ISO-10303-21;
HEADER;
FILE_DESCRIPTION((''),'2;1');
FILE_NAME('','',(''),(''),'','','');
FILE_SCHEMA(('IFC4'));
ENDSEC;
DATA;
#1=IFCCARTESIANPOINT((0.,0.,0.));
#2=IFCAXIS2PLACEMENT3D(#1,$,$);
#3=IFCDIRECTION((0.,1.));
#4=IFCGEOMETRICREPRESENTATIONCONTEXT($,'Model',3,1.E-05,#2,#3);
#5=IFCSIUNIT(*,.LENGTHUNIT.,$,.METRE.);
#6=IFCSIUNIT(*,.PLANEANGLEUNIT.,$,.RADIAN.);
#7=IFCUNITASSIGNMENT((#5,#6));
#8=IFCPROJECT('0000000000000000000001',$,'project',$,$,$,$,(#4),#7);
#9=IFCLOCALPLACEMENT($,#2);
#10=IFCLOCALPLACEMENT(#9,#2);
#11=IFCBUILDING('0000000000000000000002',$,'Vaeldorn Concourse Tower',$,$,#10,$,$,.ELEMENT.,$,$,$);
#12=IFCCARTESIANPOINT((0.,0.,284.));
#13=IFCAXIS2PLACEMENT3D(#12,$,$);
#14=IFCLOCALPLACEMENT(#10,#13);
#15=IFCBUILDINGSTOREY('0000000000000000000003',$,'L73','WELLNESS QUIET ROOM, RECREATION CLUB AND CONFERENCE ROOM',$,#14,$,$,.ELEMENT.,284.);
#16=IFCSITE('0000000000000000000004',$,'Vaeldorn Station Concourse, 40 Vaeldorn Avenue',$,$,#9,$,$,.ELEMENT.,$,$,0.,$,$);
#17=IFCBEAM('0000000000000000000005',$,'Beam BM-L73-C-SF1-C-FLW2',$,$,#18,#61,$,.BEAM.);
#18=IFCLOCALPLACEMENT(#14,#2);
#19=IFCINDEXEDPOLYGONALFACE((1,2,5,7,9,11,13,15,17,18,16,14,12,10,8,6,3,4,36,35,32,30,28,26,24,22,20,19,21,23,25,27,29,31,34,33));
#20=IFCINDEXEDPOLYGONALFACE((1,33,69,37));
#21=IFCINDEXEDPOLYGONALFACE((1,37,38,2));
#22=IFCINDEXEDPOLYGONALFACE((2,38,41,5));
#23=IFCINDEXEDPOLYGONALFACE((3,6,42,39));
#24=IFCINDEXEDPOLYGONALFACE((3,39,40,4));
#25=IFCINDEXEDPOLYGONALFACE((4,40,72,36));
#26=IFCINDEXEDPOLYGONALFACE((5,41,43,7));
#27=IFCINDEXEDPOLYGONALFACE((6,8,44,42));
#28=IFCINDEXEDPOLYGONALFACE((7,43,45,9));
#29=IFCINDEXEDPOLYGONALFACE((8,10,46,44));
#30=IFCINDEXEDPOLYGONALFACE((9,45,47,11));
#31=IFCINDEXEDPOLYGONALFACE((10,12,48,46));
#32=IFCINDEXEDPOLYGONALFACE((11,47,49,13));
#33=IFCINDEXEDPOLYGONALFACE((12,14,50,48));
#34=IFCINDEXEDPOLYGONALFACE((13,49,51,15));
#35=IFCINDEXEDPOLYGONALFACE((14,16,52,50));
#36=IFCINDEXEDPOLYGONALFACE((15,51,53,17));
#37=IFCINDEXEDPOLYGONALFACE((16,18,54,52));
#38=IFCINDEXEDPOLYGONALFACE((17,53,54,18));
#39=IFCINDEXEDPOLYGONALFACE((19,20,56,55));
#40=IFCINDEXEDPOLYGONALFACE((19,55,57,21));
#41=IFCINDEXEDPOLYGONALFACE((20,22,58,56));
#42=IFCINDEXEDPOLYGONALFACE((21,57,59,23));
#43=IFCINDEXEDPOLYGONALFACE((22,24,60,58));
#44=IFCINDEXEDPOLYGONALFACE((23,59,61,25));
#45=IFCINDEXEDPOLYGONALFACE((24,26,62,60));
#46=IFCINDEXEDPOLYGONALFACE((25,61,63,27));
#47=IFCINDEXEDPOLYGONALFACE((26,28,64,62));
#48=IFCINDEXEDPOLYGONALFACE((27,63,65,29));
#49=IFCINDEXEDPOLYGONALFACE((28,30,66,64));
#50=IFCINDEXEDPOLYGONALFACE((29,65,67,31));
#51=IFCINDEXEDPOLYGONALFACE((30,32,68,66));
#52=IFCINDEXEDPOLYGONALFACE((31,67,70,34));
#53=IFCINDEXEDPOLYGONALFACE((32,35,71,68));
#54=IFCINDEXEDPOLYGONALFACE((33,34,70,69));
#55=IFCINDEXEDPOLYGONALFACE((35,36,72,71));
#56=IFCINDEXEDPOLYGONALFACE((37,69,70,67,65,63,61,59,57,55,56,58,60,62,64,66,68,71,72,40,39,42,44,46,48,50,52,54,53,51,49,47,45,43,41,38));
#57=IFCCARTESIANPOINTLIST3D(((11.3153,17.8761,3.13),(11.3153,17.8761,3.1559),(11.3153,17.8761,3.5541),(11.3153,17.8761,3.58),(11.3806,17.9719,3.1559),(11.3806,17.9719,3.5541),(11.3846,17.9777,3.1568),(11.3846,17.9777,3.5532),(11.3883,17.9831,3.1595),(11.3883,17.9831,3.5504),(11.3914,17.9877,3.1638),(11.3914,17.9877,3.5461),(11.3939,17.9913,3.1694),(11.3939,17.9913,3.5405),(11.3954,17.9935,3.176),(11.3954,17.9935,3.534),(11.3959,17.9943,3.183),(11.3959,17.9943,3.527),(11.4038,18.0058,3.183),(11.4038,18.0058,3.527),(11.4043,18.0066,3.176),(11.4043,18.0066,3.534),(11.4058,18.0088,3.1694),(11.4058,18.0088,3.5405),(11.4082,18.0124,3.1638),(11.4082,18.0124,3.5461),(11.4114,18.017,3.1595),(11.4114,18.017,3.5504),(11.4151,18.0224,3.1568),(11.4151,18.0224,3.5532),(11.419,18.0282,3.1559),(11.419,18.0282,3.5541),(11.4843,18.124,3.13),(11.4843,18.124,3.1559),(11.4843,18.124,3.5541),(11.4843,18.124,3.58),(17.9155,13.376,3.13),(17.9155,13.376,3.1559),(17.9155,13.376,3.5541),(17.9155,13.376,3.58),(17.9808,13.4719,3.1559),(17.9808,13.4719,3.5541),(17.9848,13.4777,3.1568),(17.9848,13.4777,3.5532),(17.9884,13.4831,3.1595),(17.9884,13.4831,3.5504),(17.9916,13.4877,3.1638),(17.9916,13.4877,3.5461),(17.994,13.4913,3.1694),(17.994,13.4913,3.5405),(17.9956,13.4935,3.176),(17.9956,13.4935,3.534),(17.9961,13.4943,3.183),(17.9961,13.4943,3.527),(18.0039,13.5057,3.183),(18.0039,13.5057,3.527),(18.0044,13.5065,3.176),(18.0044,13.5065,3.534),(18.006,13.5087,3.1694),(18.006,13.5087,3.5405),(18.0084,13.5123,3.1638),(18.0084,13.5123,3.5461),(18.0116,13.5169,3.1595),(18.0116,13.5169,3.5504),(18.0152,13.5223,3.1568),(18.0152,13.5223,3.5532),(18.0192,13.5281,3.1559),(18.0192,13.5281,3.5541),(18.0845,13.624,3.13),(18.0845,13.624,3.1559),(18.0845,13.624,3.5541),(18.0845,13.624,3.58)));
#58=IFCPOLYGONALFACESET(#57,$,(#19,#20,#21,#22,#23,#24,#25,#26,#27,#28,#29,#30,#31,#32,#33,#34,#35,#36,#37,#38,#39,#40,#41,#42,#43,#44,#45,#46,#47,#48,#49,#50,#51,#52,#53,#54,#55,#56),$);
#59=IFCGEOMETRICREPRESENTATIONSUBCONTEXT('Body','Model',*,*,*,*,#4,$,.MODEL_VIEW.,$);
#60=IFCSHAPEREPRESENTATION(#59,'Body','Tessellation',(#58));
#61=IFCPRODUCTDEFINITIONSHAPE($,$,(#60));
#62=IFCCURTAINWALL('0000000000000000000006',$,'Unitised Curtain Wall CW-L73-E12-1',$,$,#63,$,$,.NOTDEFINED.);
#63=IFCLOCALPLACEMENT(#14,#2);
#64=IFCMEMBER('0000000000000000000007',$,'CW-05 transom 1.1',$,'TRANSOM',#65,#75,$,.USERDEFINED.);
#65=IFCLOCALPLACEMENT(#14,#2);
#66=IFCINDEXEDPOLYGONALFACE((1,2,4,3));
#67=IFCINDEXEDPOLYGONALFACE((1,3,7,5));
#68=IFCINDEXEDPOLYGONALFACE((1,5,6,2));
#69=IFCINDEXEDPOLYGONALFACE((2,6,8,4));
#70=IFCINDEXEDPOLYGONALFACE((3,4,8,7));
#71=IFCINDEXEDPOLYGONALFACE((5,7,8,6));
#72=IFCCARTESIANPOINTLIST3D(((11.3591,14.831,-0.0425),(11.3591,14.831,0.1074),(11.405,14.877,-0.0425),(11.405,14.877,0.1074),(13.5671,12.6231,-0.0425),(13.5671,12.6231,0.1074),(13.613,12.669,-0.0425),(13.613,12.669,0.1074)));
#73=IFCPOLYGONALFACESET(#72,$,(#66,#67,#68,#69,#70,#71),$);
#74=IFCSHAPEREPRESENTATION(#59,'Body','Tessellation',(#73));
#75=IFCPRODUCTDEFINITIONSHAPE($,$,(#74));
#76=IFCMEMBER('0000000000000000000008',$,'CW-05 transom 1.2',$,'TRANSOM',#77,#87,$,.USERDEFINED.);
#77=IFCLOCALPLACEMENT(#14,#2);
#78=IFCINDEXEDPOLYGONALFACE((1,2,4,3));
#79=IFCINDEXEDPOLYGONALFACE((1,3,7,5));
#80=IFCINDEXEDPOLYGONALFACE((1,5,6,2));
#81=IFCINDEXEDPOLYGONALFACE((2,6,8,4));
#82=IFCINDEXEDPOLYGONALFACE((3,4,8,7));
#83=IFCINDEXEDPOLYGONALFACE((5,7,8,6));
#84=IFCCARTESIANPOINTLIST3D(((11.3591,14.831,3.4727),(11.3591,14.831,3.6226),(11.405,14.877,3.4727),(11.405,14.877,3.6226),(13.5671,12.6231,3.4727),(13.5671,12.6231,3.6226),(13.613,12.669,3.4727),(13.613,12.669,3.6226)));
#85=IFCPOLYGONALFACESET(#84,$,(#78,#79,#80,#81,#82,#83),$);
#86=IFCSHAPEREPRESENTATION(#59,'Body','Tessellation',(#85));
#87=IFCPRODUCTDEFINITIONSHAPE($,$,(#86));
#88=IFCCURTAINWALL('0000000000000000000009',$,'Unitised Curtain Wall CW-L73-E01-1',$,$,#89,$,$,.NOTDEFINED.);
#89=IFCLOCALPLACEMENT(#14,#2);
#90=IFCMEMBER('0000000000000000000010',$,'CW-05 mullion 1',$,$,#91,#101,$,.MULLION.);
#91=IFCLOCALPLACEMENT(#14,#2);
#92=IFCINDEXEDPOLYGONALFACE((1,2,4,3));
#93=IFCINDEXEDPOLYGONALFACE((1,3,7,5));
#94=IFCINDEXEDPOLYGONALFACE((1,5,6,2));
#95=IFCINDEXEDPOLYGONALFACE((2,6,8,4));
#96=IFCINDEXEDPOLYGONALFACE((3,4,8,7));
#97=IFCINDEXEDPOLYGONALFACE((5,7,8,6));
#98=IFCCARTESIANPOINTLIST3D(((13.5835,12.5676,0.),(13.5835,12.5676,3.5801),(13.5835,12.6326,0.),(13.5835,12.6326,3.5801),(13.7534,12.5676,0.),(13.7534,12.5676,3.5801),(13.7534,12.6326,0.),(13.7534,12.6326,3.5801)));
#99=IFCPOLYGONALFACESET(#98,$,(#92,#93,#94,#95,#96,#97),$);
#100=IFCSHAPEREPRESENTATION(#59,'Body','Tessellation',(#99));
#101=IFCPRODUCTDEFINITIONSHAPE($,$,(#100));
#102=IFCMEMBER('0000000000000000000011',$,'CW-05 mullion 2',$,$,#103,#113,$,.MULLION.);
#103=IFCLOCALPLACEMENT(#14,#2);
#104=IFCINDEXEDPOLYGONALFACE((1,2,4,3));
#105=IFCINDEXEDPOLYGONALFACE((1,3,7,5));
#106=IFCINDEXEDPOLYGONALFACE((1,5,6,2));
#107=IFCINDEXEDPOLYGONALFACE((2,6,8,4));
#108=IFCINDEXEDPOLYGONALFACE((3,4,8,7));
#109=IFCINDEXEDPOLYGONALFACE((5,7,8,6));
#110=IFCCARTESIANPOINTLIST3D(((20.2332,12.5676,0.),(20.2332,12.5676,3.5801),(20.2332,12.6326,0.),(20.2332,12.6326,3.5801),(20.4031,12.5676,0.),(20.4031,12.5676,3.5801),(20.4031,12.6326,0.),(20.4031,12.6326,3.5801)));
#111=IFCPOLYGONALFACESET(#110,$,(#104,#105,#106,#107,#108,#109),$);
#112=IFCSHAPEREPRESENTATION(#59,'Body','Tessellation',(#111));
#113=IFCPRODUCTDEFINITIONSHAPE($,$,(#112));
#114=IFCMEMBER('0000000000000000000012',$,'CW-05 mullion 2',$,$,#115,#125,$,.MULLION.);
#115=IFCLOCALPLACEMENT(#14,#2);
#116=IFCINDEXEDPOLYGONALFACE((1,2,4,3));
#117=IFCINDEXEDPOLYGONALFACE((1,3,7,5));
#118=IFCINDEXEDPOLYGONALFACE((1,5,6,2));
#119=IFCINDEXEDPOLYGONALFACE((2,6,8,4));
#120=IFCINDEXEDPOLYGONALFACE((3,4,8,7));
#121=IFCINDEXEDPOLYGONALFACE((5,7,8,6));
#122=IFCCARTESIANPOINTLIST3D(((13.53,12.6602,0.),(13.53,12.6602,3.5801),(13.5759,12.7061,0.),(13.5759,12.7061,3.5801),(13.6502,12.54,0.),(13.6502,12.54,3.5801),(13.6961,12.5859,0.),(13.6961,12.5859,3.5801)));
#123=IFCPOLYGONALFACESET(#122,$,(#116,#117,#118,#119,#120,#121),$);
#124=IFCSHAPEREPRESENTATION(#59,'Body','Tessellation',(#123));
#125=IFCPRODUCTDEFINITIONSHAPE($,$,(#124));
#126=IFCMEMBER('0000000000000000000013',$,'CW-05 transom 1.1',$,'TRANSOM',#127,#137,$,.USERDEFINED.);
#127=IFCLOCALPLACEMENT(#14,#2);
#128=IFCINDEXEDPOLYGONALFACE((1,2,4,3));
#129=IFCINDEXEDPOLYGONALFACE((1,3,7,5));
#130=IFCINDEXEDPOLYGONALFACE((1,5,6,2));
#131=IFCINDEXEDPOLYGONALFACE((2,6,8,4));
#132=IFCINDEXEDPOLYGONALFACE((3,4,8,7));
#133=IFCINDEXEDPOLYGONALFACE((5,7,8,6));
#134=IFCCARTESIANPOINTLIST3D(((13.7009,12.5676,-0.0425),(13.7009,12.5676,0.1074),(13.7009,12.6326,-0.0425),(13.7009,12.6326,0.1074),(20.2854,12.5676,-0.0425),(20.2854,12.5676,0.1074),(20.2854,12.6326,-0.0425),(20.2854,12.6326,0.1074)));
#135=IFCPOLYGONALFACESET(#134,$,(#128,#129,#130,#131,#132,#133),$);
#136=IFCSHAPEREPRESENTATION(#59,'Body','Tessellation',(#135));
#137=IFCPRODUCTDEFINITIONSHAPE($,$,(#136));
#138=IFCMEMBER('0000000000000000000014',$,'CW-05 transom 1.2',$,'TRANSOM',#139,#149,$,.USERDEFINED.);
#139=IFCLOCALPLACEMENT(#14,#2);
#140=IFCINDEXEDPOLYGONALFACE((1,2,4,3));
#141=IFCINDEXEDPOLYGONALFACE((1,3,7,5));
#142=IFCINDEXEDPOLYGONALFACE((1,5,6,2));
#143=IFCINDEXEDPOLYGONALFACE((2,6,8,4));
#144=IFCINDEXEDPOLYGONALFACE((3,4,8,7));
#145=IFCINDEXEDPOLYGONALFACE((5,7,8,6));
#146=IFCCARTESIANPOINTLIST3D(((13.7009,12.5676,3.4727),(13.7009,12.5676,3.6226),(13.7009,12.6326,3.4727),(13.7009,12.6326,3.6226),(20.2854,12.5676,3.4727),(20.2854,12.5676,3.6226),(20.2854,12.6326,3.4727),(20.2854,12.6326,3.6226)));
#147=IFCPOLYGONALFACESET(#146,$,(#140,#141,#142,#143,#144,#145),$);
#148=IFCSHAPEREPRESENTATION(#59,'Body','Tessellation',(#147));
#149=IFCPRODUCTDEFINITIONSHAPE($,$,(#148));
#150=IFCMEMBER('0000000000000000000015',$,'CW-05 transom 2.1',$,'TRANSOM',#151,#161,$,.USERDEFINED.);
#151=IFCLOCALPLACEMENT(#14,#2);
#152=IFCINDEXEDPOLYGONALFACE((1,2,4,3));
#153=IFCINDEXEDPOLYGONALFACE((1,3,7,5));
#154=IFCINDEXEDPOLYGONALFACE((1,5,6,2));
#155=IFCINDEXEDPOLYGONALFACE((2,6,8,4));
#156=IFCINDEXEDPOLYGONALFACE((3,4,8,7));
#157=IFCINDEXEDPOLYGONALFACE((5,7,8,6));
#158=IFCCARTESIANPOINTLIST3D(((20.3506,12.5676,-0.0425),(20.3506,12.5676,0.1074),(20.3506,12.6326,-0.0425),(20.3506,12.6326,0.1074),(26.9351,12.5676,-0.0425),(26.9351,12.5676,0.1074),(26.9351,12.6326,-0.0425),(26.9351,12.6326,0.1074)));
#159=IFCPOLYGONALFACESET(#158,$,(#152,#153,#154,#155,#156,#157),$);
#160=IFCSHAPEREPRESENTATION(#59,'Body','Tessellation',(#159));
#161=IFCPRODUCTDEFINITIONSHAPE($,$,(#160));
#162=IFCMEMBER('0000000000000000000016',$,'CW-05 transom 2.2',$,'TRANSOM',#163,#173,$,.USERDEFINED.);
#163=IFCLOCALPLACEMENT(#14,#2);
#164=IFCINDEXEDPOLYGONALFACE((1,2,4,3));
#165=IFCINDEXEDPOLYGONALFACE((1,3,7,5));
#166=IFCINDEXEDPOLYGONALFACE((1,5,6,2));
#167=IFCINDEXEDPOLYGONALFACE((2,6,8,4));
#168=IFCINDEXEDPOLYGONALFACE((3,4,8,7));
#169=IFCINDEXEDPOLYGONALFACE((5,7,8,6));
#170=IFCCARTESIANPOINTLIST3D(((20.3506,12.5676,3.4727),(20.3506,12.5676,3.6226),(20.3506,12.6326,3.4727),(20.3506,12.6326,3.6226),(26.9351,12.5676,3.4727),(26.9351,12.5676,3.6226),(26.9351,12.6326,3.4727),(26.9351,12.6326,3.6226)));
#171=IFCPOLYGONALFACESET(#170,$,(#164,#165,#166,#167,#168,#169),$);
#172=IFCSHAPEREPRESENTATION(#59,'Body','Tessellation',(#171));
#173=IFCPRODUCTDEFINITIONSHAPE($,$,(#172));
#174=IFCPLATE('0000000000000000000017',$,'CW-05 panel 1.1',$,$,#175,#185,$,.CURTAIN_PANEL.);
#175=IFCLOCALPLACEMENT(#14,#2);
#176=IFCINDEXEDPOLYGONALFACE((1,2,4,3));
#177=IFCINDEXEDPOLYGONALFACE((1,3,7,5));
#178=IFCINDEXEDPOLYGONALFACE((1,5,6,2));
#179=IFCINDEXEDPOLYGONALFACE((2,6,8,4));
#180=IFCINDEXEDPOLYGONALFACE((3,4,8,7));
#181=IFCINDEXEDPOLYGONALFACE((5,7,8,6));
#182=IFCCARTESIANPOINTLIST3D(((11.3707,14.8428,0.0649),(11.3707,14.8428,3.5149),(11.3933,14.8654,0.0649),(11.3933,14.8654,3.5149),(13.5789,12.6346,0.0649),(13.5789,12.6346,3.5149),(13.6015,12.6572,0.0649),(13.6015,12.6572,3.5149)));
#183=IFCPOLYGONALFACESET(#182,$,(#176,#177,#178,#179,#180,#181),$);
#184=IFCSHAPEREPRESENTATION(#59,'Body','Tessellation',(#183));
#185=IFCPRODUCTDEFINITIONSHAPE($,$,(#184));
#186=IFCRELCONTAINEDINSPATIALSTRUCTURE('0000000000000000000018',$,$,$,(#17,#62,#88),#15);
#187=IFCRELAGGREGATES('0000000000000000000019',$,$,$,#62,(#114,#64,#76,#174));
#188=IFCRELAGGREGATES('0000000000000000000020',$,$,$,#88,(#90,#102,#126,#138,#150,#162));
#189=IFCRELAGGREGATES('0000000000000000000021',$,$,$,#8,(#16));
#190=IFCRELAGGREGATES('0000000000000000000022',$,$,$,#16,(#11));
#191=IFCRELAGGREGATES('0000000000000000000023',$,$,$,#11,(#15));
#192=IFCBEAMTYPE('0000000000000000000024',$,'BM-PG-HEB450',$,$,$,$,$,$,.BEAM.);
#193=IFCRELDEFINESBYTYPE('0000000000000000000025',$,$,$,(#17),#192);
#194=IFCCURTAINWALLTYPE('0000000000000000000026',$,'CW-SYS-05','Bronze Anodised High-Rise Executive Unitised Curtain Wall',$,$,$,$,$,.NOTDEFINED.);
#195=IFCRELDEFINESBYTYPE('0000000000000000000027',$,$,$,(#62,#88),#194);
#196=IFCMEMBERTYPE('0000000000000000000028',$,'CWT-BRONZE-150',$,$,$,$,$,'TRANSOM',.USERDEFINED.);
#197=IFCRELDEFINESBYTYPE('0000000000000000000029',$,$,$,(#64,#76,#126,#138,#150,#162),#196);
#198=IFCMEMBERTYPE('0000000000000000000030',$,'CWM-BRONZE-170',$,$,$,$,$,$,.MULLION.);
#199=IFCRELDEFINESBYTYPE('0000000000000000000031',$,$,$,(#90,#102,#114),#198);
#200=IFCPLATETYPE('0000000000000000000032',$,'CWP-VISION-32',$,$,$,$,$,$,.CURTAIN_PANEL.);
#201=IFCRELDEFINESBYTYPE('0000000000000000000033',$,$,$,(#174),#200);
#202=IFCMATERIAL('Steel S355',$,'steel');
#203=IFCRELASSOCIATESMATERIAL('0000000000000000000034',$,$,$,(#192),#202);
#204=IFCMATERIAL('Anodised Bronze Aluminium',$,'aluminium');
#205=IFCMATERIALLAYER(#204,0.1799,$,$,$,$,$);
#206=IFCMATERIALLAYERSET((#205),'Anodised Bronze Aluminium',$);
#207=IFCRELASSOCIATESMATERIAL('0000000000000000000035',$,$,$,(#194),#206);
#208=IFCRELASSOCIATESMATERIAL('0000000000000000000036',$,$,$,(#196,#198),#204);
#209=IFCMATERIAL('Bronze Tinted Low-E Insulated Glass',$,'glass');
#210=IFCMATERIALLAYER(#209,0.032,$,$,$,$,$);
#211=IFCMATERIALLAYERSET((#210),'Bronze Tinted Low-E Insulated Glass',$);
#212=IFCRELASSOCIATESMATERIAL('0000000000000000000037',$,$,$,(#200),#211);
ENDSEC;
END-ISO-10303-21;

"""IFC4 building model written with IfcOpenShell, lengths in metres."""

from ifc_helpers import new_model, si_unit, direction, frame, origin, origin_2d, place, context, subcontext, project, spatial, rectangle, i_section, extrude, source, transform, mapped, material, layer, layer_set, material_profile, profile_set, type_object, element, aggregate, save


model = new_model("IFC4")

# Units and contexts
model_context = context("Model", 3, precision=1e-05, world=origin(), true_north=direction((0.0, 1.0)))
body_context = subcontext(model_context, "Body", "Model", "MODEL_VIEW")
ifc_project = project(units=[si_unit("LENGTHUNIT", "METRE"), si_unit("PLANEANGLEUNIT", "RADIAN")], contexts=[model_context])

# Site, building, storey
site_placement = place(None, origin())
site = spatial("IfcSite", under=ifc_project, at=site_placement, Name="Vaeldorn Station Concourse, 40 Vaeldorn Avenue", CompositionType="ELEMENT", RefElevation=0.0)
building_placement = place(site_placement, origin())
building = spatial("IfcBuilding", under=site, at=building_placement, Name="Vaeldorn Concourse Tower", CompositionType="ELEMENT")
storey_placement = place(building_placement, frame((0.0, 0.0, 284.0)))
storey = spatial("IfcBuildingStorey", under=building, at=storey_placement, Name="L73", Description="WELLNESS QUIET ROOM, RECREATION CLUB AND CONFERENCE ROOM", CompositionType="ELEMENT", Elevation=284.0)

# Shared definitions
ifc_material_1 = material(Name="Steel S355", Category="steel")

# Beam
ifc_material_profile_1 = material_profile(ifc_material_1, i_section(OverallWidth=0.3, OverallDepth=0.45, WebThickness=0.0139, FlangeThickness=0.0259, FilletRadius=0.0271, at=origin_2d()), Name="HEB 450")
ifc_profile_set_1 = profile_set([ifc_material_profile_1], Name="Steel S355")
beam_type_1 = type_object("IfcBeamType", Name="BM-PG-HEB450", PredefinedType="BEAM", material=ifc_profile_set_1)
shared_shape_1 = source(origin(), body_context, "Body", "SweptSolid", [
    extrude(i_section(OverallWidth=0.3, OverallDepth=0.45, WebThickness=0.0139, FlangeThickness=0.0259, FilletRadius=0.0271, at=origin_2d()), origin(), (0.0, 0.0, 1.0), 7.9883),
])
beam_1_placement = place(storey_placement, frame((18.0, 13.5, 3.355), z_axis=(-0.826231, 0.563331, 0.0), x_axis=(-0.563331, -0.826231, 0.0)))
element("IfcBeam", 1, at=beam_1_placement, inside=storey, type_object=beam_type_1, Name="Beam BM-L73-C-SF1-C-FLW2", PredefinedType="BEAM", context=body_context, shape_type="MappedRepresentation", body=[
    mapped(shared_shape_1, transform((0.0, 0.0, 0.0), scale=1.0)),
])

# Curtain walls, members
ifc_material_2 = material(Name="Anodised Bronze Aluminium", Category="aluminium")
ifc_layer_1 = layer(ifc_material_2, 0.1799)
ifc_layer_set_1 = layer_set([ifc_layer_1], Name="Anodised Bronze Aluminium")
curtain_wall_type = type_object("IfcCurtainWallType", Name="CW-SYS-05", Description="Bronze Anodised High-Rise Executive Unitised Curtain Wall", PredefinedType="NOTDEFINED", material=ifc_layer_set_1)
curtain_wall_1_placement = place(storey_placement, origin())
curtain_wall_1 = element("IfcCurtainWall", 2, at=curtain_wall_1_placement, inside=storey, type_object=curtain_wall_type, Name="Unitised Curtain Wall CW-L73-E12-1", PredefinedType="NOTDEFINED")
ifc_material_profile_2 = material_profile(ifc_material_2, rectangle(XDim=0.0649, YDim=0.1499, at=origin_2d()), Name="CWT 65x150")
ifc_profile_set_2 = profile_set([ifc_material_profile_2], Name="Anodised Bronze Aluminium")
member_type_1 = type_object("IfcMemberType", Name="CWT-BRONZE-150", ElementType="TRANSOM", PredefinedType="USERDEFINED", material=ifc_profile_set_2)
shared_shape_2 = source(origin(), body_context, "Body", "SweptSolid", [
    extrude(rectangle(XDim=0.0649, YDim=0.1499, at=origin_2d()), origin(), (0.0, 0.0, 1.0), 3.1226),
])
member_1_placement = place(storey_placement, frame((11.3821, 14.854, 0.0325), z_axis=(0.707107, -0.707107, 0.0), x_axis=(0.707107, 0.707107, 0.0)))
member_1 = element("IfcMember", 3, at=member_1_placement, type_object=member_type_1, Name="CW-05 transom 1.1", ObjectType="TRANSOM", PredefinedType="USERDEFINED", context=body_context, shape_type="MappedRepresentation", body=[
    mapped(shared_shape_2, transform((0.0, 0.0, 0.0), scale=1.0)),
])
member_2_placement = place(storey_placement, frame((11.3821, 14.854, 3.5476), z_axis=(0.707107, -0.707107, 0.0), x_axis=(0.707107, 0.707107, 0.0)))
member_2 = element("IfcMember", 4, at=member_2_placement, type_object=member_type_1, Name="CW-05 transom 1.2", ObjectType="TRANSOM", PredefinedType="USERDEFINED", context=body_context, shape_type="MappedRepresentation", body=[
    mapped(shared_shape_2, transform((0.0, 0.0, 0.0), scale=1.0)),
])
curtain_wall_2_placement = place(storey_placement, origin())
curtain_wall_2 = element("IfcCurtainWall", 5, at=curtain_wall_2_placement, inside=storey, type_object=curtain_wall_type, Name="Unitised Curtain Wall CW-L73-E01-1", PredefinedType="NOTDEFINED")
ifc_material_profile_3 = material_profile(ifc_material_2, rectangle(XDim=0.0649, YDim=0.1699, at=origin_2d()), Name="CWM 65x170")
ifc_profile_set_3 = profile_set([ifc_material_profile_3], Name="Anodised Bronze Aluminium")
member_type_2 = type_object("IfcMemberType", Name="CWM-BRONZE-170", PredefinedType="MULLION", material=ifc_profile_set_3)
shared_shape_3 = source(origin(), body_context, "Body", "SweptSolid", [
    extrude(rectangle(XDim=0.0649, YDim=0.1699, at=origin_2d()), origin(), (0.0, 0.0, 1.0), 3.5801),
])
member_3_placement = place(storey_placement, frame((13.6685, 12.6001, 0.0), z_axis=(0.0, 0.0, 1.0), x_axis=(0.0, 1.0, 0.0)))
member_3 = element("IfcMember", 6, at=member_3_placement, type_object=member_type_2, Name="CW-05 mullion 1", PredefinedType="MULLION", context=body_context, shape_type="MappedRepresentation", body=[
    mapped(shared_shape_3, transform((0.0, 0.0, 0.0), scale=1.0)),
])
member_4_placement = place(storey_placement, frame((20.3181, 12.6001, 0.0), z_axis=(0.0, 0.0, 1.0), x_axis=(0.0, 1.0, 0.0)))
member_4 = element("IfcMember", 7, at=member_4_placement, type_object=member_type_2, Name="CW-05 mullion 2", PredefinedType="MULLION", context=body_context, shape_type="MappedRepresentation", body=[
    mapped(shared_shape_3, transform((0.0, 0.0, 0.0), scale=1.0)),
])

# Members
member_5_placement = place(storey_placement, frame((13.613, 12.623, 0.0), z_axis=(0.0, 0.0, 1.0), x_axis=(0.707107, 0.707107, 0.0)))
member_5 = element("IfcMember", 8, at=member_5_placement, type_object=member_type_2, Name="CW-05 mullion 2", PredefinedType="MULLION", context=body_context, shape_type="MappedRepresentation", body=[
    mapped(shared_shape_3, transform((0.0, 0.0, 0.0), scale=1.0)),
])
shared_shape_4 = source(origin(), body_context, "Body", "SweptSolid", [
    extrude(rectangle(XDim=0.0649, YDim=0.1499, at=origin_2d()), origin(), (0.0, 0.0, 1.0), 6.5845),
])
member_6_placement = place(storey_placement, frame((13.7009, 12.6001, 0.0325), z_axis=(1.0, 0.0, 0.0), x_axis=(0.0, 1.0, 0.0)))
member_6 = element("IfcMember", 9, at=member_6_placement, type_object=member_type_1, Name="CW-05 transom 1.1", ObjectType="TRANSOM", PredefinedType="USERDEFINED", context=body_context, shape_type="MappedRepresentation", body=[
    mapped(shared_shape_4, transform((0.0, 0.0, 0.0), scale=1.0)),
])
member_7_placement = place(storey_placement, frame((13.7009, 12.6001, 3.5476), z_axis=(1.0, 0.0, 0.0), x_axis=(0.0, 1.0, 0.0)))
member_7 = element("IfcMember", 10, at=member_7_placement, type_object=member_type_1, Name="CW-05 transom 1.2", ObjectType="TRANSOM", PredefinedType="USERDEFINED", context=body_context, shape_type="MappedRepresentation", body=[
    mapped(shared_shape_4, transform((0.0, 0.0, 0.0), scale=1.0)),
])
member_8_placement = place(storey_placement, frame((20.3506, 12.6001, 0.0325), z_axis=(1.0, 0.0, 0.0), x_axis=(0.0, 1.0, 0.0)))
member_8 = element("IfcMember", 11, at=member_8_placement, type_object=member_type_1, Name="CW-05 transom 2.1", ObjectType="TRANSOM", PredefinedType="USERDEFINED", context=body_context, shape_type="MappedRepresentation", body=[
    mapped(shared_shape_4, transform((0.0, 0.0, 0.0), scale=1.0)),
])
member_9_placement = place(storey_placement, frame((20.3506, 12.6001, 3.5476), z_axis=(1.0, 0.0, 0.0), x_axis=(0.0, 1.0, 0.0)))
member_9 = element("IfcMember", 12, at=member_9_placement, type_object=member_type_1, Name="CW-05 transom 2.2", ObjectType="TRANSOM", PredefinedType="USERDEFINED", context=body_context, shape_type="MappedRepresentation", body=[
    mapped(shared_shape_4, transform((0.0, 0.0, 0.0), scale=1.0)),
])

# Plate
ifc_material_3 = material(Name="Bronze Tinted Low-E Insulated Glass", Category="glass")
ifc_layer_2 = layer(ifc_material_3, 0.032)
ifc_layer_set_2 = layer_set([ifc_layer_2], Name="Bronze Tinted Low-E Insulated Glass")
plate_type = type_object("IfcPlateType", Name="CWP-VISION-32", PredefinedType="CURTAIN_PANEL", material=ifc_layer_set_2)
shared_shape_5 = source(origin(), body_context, "Body", "SweptSolid", [
    extrude(rectangle(XDim=3.1228, YDim=0.032, at=origin_2d()), origin(), (0.0, 0.0, 1.0), 3.45),
])
plate_1_placement = place(storey_placement, frame((12.4861, 13.75, 0.0649), z_axis=(0.0, 0.0, 1.0), x_axis=(0.707107, -0.707107, 0.0)))
plate_1 = element("IfcPlate", 13, at=plate_1_placement, type_object=plate_type, Name="CW-05 panel 1.1", PredefinedType="CURTAIN_PANEL", context=body_context, shape_type="MappedRepresentation", body=[
    mapped(shared_shape_5, transform((0.0, 0.0, 0.0), scale=1.0)),
])
aggregate(curtain_wall_1, [member_5, member_1, member_2, plate_1])
aggregate(curtain_wall_2, [member_3, member_4, member_6, member_7, member_8, member_9])

save(model, "model.ifc")
